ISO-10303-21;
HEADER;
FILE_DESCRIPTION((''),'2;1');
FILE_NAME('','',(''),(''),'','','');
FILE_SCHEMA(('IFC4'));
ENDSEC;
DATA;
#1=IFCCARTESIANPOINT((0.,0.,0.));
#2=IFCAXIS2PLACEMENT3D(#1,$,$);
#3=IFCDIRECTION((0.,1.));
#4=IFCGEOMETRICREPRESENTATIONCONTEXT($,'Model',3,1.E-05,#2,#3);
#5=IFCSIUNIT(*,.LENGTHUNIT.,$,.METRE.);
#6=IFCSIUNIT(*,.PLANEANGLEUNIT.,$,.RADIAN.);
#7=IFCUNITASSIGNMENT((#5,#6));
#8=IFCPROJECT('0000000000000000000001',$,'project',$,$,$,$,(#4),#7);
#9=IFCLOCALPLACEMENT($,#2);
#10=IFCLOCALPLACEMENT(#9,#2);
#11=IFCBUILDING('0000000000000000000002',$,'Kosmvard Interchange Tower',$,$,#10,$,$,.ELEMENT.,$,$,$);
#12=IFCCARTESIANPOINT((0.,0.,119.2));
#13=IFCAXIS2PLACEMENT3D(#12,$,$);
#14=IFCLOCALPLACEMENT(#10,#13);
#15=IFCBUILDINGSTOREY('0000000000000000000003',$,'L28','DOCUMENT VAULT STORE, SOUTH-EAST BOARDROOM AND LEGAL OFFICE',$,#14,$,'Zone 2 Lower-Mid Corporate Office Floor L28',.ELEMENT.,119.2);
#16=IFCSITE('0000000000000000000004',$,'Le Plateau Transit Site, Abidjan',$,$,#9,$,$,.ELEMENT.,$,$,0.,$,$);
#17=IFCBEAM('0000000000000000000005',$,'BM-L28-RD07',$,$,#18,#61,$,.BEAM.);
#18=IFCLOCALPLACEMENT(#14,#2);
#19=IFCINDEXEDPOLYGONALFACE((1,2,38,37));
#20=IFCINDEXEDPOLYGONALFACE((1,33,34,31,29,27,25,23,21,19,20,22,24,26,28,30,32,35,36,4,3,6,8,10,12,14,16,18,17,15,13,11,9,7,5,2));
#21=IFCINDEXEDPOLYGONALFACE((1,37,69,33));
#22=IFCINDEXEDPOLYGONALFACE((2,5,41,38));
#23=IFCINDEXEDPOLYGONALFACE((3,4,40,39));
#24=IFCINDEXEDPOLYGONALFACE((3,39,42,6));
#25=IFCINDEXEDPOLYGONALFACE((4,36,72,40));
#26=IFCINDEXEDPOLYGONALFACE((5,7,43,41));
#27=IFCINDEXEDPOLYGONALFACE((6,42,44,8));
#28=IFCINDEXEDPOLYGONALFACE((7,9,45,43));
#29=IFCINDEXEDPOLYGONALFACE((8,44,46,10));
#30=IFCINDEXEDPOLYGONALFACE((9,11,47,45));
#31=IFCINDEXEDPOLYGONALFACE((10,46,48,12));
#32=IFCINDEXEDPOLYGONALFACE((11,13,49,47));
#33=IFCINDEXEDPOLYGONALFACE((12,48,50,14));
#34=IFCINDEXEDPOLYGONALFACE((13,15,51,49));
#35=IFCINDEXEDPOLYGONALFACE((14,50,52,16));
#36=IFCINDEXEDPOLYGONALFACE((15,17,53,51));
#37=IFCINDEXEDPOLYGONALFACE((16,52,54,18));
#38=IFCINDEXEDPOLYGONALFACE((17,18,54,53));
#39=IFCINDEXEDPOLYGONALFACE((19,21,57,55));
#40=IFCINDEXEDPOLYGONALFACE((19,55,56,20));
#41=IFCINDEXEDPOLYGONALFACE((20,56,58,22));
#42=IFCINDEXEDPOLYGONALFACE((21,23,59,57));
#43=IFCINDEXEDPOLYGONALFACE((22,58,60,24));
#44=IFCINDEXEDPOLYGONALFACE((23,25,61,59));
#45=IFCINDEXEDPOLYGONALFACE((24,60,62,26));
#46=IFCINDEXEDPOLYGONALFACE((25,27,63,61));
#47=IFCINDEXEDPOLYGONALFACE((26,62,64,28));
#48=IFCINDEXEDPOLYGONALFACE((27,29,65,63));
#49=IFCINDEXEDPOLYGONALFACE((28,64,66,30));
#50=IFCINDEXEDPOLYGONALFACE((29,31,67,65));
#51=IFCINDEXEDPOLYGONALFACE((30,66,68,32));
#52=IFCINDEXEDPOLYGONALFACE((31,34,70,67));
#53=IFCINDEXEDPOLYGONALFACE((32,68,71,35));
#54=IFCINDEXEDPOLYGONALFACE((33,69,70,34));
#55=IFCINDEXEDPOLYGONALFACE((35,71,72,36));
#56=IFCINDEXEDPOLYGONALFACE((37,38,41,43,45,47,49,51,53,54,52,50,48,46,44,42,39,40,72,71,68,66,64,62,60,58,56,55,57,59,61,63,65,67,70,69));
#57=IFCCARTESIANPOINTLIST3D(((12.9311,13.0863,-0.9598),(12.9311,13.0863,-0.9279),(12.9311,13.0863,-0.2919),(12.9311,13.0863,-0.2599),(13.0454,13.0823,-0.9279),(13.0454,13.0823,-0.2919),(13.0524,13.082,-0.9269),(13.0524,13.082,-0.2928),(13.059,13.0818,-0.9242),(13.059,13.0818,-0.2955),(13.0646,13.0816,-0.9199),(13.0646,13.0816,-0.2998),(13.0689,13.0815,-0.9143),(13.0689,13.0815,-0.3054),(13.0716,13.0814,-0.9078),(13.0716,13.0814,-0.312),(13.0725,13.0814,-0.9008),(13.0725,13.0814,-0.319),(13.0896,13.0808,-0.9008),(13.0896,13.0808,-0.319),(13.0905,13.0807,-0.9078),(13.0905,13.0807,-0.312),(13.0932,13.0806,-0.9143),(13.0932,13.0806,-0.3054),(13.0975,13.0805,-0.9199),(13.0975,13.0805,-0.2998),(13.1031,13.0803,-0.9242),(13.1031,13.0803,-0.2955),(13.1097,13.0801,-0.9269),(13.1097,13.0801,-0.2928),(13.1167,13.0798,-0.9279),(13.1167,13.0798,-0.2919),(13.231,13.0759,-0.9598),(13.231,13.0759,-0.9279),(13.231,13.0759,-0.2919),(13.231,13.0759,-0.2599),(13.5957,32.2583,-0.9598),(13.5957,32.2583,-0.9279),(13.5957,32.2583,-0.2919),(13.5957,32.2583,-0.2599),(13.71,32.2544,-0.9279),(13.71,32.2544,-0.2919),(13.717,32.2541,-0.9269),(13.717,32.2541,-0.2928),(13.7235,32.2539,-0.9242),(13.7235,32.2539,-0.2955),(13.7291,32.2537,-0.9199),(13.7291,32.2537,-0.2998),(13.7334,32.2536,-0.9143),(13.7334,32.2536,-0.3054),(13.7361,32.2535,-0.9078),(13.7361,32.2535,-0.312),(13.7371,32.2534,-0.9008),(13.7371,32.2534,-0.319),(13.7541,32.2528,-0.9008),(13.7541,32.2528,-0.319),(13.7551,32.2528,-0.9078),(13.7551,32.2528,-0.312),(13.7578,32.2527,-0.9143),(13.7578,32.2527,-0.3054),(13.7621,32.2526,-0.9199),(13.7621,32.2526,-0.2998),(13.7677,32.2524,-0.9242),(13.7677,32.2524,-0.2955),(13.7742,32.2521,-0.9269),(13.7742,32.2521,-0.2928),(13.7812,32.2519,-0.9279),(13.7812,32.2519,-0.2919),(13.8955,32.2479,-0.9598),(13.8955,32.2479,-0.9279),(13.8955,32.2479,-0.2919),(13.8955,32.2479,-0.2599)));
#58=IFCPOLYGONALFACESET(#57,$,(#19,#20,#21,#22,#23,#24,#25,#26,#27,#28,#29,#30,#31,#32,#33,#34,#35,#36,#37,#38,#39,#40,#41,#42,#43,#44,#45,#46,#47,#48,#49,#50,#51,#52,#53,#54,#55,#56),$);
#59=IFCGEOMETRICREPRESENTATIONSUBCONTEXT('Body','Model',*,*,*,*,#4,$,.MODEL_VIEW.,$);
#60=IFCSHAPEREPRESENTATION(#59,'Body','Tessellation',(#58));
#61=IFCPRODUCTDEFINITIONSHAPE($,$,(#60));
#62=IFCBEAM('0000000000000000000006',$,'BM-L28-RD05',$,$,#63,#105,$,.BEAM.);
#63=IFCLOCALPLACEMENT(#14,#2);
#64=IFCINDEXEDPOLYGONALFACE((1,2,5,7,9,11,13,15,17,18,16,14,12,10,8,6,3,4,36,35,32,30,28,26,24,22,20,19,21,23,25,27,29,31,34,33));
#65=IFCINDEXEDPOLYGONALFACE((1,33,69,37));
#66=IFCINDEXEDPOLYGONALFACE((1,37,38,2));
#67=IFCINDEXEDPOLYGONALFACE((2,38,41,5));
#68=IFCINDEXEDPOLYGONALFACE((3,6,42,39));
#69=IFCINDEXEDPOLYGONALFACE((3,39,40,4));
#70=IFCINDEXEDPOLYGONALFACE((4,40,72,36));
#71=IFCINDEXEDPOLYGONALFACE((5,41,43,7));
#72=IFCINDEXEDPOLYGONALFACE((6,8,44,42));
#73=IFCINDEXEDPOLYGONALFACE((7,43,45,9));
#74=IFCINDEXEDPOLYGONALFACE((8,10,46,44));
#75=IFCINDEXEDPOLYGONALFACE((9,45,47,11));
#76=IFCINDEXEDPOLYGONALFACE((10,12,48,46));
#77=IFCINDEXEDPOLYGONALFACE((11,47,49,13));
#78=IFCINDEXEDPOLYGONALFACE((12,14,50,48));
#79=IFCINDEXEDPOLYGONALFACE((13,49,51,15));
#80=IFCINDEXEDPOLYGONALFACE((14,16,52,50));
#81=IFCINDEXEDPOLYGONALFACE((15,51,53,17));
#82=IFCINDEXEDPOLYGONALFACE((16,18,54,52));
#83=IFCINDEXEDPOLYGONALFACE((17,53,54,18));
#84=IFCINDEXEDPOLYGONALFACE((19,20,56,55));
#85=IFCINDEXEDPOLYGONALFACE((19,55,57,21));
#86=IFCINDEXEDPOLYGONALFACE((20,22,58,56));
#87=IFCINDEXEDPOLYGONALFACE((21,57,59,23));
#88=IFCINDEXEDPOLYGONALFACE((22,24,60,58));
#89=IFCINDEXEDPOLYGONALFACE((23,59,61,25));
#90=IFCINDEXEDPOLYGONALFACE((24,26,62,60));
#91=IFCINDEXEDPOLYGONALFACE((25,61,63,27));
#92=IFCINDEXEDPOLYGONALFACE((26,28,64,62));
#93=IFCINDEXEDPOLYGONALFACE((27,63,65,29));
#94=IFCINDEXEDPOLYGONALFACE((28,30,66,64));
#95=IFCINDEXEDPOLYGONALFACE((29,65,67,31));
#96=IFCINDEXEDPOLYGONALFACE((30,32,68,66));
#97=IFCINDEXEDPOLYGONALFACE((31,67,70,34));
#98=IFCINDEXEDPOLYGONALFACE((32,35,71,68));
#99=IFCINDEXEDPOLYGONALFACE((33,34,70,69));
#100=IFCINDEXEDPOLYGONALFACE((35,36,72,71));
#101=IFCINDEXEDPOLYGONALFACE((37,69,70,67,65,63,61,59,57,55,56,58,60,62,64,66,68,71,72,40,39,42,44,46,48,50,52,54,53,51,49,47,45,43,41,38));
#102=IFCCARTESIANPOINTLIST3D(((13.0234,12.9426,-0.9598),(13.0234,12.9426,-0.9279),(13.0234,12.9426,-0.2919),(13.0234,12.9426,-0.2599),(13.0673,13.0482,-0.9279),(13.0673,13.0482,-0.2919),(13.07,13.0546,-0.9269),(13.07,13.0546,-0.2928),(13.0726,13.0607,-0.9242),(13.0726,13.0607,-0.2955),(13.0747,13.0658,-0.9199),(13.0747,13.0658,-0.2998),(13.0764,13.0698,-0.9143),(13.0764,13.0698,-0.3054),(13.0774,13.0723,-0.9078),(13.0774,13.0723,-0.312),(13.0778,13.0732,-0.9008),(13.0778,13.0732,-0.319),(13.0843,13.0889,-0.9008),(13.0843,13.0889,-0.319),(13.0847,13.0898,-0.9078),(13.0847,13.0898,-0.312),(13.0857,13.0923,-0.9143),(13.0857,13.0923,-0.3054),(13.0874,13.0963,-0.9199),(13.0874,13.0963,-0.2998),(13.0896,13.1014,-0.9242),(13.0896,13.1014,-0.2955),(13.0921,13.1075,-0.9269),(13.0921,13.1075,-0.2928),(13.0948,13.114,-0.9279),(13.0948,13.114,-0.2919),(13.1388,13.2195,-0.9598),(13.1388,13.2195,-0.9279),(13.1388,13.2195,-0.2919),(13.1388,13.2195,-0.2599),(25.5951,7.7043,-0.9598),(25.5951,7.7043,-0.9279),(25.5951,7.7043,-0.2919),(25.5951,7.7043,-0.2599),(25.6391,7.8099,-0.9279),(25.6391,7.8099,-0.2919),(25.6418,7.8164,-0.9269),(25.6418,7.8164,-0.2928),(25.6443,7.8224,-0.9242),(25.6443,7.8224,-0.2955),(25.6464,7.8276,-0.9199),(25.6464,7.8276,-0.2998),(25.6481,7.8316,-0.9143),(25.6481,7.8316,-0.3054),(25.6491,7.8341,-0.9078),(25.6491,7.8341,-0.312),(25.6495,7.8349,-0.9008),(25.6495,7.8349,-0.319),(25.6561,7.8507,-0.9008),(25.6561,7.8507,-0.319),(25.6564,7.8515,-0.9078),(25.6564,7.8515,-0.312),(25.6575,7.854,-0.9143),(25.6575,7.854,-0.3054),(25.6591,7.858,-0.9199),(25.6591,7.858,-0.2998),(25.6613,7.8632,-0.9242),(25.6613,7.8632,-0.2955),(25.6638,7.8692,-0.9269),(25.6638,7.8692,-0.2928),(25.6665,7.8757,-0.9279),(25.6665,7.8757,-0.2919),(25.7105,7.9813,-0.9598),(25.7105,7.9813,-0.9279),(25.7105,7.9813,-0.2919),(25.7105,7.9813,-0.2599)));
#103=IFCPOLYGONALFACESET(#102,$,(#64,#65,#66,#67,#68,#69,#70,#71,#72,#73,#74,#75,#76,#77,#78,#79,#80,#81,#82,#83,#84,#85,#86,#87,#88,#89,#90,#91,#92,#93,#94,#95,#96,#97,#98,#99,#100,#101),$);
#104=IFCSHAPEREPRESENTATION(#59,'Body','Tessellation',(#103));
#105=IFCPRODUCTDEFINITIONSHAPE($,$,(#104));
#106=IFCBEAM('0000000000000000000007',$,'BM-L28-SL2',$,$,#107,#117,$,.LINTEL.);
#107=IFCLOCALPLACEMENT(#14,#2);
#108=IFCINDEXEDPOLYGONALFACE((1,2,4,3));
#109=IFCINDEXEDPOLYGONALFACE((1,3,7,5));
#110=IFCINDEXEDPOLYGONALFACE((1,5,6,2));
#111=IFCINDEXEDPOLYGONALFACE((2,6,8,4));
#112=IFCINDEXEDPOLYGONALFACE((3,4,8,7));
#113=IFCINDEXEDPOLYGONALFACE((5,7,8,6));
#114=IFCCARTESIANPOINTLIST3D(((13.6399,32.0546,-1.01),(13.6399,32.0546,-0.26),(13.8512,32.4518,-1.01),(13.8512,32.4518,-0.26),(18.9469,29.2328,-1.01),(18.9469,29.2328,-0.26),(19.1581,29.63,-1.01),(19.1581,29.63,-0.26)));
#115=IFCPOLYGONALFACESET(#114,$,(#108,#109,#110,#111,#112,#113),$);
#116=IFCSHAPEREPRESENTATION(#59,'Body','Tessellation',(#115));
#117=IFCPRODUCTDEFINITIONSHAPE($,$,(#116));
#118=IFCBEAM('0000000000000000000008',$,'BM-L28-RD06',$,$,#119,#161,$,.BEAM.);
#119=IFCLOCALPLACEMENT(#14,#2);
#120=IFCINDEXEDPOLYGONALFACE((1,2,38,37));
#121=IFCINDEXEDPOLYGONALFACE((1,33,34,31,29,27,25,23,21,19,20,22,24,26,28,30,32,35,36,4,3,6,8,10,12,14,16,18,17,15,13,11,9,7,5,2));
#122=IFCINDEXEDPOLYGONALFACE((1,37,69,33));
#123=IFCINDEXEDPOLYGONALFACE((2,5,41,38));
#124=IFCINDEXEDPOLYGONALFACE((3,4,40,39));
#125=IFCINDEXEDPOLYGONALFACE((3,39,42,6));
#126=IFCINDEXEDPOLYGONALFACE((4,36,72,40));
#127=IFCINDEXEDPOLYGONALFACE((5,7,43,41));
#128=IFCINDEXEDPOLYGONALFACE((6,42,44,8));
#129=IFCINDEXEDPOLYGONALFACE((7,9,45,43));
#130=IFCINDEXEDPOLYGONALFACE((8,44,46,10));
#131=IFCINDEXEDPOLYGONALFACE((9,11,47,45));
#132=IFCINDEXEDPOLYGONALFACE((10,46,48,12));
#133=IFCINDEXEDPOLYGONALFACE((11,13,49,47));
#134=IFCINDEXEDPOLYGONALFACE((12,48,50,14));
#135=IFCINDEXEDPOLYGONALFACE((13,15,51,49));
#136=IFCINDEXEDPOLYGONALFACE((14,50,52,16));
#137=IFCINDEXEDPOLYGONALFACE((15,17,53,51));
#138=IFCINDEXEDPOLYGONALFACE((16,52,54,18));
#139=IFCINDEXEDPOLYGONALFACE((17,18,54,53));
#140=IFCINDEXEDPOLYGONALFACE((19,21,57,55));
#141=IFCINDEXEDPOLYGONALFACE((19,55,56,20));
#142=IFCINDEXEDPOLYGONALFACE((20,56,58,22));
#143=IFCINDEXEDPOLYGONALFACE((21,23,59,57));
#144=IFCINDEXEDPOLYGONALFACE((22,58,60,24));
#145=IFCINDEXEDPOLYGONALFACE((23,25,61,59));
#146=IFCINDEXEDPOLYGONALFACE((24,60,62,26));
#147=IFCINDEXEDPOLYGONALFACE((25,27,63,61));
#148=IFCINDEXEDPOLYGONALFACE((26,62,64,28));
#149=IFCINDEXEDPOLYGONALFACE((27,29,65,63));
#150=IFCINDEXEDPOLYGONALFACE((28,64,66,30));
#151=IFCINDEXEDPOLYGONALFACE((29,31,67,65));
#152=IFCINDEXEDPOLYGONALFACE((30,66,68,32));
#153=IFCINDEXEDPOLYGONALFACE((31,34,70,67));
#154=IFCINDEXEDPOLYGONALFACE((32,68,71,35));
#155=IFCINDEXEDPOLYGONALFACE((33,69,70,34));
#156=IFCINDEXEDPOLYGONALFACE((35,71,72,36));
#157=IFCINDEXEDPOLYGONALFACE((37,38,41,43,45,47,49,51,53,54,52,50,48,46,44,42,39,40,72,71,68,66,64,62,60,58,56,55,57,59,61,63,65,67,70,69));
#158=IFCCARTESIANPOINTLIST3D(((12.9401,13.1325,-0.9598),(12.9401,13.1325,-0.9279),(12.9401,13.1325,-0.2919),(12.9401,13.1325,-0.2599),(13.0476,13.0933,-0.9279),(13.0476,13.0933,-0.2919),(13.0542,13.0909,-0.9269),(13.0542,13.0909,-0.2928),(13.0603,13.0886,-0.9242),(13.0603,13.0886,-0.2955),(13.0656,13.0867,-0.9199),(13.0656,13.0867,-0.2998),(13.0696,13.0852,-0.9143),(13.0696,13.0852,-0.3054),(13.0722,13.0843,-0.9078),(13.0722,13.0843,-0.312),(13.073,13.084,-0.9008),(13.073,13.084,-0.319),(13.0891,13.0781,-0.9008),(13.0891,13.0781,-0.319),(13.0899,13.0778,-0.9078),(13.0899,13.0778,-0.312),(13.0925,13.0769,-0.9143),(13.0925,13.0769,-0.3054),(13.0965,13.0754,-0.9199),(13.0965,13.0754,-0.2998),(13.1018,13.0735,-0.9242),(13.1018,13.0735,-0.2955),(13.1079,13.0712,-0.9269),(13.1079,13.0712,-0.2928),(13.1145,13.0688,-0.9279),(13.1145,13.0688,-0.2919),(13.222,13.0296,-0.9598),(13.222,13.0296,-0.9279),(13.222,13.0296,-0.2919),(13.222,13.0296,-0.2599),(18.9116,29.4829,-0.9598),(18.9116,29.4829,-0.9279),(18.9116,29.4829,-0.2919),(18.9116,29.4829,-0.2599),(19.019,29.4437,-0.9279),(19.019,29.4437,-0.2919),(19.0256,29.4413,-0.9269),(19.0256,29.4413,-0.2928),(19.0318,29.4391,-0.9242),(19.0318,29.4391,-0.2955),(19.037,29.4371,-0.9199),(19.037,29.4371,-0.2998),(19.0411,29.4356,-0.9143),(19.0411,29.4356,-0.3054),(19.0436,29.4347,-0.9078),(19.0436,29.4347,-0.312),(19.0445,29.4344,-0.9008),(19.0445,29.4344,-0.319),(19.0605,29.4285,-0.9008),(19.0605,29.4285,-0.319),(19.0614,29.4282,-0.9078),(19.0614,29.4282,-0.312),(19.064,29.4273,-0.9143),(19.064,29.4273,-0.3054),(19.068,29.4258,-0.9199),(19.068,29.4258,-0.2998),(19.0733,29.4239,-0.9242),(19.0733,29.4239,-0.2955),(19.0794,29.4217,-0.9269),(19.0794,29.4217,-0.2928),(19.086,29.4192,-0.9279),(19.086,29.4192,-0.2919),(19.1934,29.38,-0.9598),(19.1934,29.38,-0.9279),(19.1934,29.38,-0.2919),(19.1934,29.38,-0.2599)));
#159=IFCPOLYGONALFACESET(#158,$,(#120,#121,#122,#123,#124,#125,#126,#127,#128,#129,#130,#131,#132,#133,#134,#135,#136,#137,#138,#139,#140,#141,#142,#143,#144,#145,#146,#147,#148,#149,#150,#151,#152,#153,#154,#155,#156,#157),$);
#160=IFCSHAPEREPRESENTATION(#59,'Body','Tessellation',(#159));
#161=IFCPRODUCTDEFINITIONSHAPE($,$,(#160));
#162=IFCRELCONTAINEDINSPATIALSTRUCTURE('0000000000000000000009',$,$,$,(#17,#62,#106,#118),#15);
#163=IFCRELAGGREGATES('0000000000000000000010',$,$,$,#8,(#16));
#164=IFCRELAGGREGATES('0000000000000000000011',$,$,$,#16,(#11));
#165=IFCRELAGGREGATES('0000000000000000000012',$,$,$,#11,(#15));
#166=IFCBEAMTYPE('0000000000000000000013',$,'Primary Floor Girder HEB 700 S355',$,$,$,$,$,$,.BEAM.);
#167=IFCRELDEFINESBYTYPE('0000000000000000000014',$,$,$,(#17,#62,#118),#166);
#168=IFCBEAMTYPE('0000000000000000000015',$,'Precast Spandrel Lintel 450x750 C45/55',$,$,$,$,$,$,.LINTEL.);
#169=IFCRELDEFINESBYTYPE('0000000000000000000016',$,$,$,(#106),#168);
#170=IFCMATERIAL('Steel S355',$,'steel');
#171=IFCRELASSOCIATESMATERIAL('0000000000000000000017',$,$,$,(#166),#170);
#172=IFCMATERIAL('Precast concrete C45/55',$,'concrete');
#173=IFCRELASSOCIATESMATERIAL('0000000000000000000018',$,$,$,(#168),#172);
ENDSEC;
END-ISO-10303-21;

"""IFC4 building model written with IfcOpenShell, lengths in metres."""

from ifc_helpers import new_model, si_unit, direction, frame, origin, origin_2d, place, context, subcontext, project, spatial, rectangle, i_section, extrude, source, transform, mapped, material, material_profile, profile_set, type_object, element, save


model = new_model("IFC4")

# Units and contexts
model_context = context("Model", 3, precision=1e-05, world=origin(), true_north=direction((0.0, 1.0)))
body_context = subcontext(model_context, "Body", "Model", "MODEL_VIEW")
ifc_project = project(units=[si_unit("LENGTHUNIT", "METRE"), si_unit("PLANEANGLEUNIT", "RADIAN")], contexts=[model_context])

# Site, building, storey
site_placement = place(None, origin())
site = spatial("IfcSite", under=ifc_project, at=site_placement, Name="Le Plateau Transit Site, Abidjan", CompositionType="ELEMENT", RefElevation=0.0)
building_placement = place(site_placement, origin())
building = spatial("IfcBuilding", under=site, at=building_placement, Name="Kosmvard Interchange Tower", CompositionType="ELEMENT")
storey_placement = place(building_placement, frame((0.0, 0.0, 119.2)))
storey = spatial("IfcBuildingStorey", under=building, at=storey_placement, Name="L28", Description="DOCUMENT VAULT STORE, SOUTH-EAST BOARDROOM AND LEGAL OFFICE", LongName="Zone 2 Lower-Mid Corporate Office Floor L28", CompositionType="ELEMENT", Elevation=119.2)

# Beams
ifc_material_1 = material(Name="Steel S355", Category="steel")
ifc_material_profile_1 = material_profile(ifc_material_1, i_section(OverallWidth=0.3, OverallDepth=0.7, WebThickness=0.0171, FlangeThickness=0.032, FilletRadius=0.0271, at=origin_2d()), Name="HEB 700")
ifc_profile_set_1 = profile_set([ifc_material_profile_1], Name="Steel S355")
beam_type_1 = type_object("IfcBeamType", Name="Primary Floor Girder HEB 700 S355", PredefinedType="BEAM", material=ifc_profile_set_1)
shared_shape_1 = source(origin(), body_context, "Body", "SweptSolid", [
    extrude(i_section(OverallWidth=0.3, OverallDepth=0.7, WebThickness=0.0171, FlangeThickness=0.032, FilletRadius=0.0271, at=origin_2d()), origin(), (0.0, 0.0, 1.0), 19.1836),
])
beam_1_placement = place(storey_placement, frame((13.0811, 13.0811, -0.6099), z_axis=(0.034642, 0.9994, 0.0), x_axis=(-0.9994, 0.034642, 0.0)))
element("IfcBeam", 1, at=beam_1_placement, inside=storey, type_object=beam_type_1, Name="BM-L28-RD07", PredefinedType="BEAM", context=body_context, shape_type="MappedRepresentation", body=[
    mapped(shared_shape_1, transform((0.0, 0.0, 0.0), scale=1.0)),
])
shared_shape_2 = source(origin(), body_context, "Body", "SweptSolid", [
    extrude(i_section(OverallWidth=0.3, OverallDepth=0.7, WebThickness=0.0171, FlangeThickness=0.032, FilletRadius=0.0271, at=origin_2d()), origin(), (0.0, 0.0, 1.0), 13.6194),
])
beam_2_placement = place(storey_placement, frame((13.0811, 13.0811, -0.6099), z_axis=(0.923076, -0.384618, 0.0), x_axis=(0.384618, 0.923076, 0.0)))
element("IfcBeam", 2, at=beam_2_placement, inside=storey, type_object=beam_type_1, Name="BM-L28-RD05", PredefinedType="BEAM", context=body_context, shape_type="MappedRepresentation", body=[
    mapped(shared_shape_2, transform((0.0, 0.0, 0.0), scale=1.0)),
])
ifc_material_2 = material(Name="Precast concrete C45/55", Category="concrete")
ifc_material_profile_2 = material_profile(ifc_material_2, rectangle(XDim=0.45, YDim=0.75, at=origin_2d()), Name="SL 450x750")
ifc_profile_set_2 = profile_set([ifc_material_profile_2], Name="Precast concrete C45/55")
beam_type_2 = type_object("IfcBeamType", Name="Precast Spandrel Lintel 450x750 C45/55", PredefinedType="LINTEL", material=ifc_profile_set_2)
shared_shape_3 = source(origin(), body_context, "Body", "SweptSolid", [
    extrude(rectangle(XDim=0.45, YDim=0.75, at=origin_2d()), origin(), (0.0, 0.0, 1.0), 6.0105),
])
beam_3_placement = place(storey_placement, frame((19.0525, 29.4314, -0.635), z_axis=(-0.882944, 0.469479, 0.0), x_axis=(-0.469479, -0.882944, 0.0)))
element("IfcBeam", 3, at=beam_3_placement, inside=storey, type_object=beam_type_2, Name="BM-L28-SL2", PredefinedType="LINTEL", context=body_context, shape_type="MappedRepresentation", body=[
    mapped(shared_shape_3, transform((0.0, 0.0, 0.0), scale=1.0)),
])
shared_shape_4 = source(origin(), body_context, "Body", "SweptSolid", [
    extrude(i_section(OverallWidth=0.3, OverallDepth=0.7, WebThickness=0.0171, FlangeThickness=0.032, FilletRadius=0.0271, at=origin_2d()), origin(), (0.0, 0.0, 1.0), 17.4067),
])
beam_4_placement = place(storey_placement, frame((13.0811, 13.0811, -0.6099), z_axis=(0.343055, 0.939315, 0.0), x_axis=(-0.939315, 0.343055, 0.0)))
element("IfcBeam", 4, at=beam_4_placement, inside=storey, type_object=beam_type_1, Name="BM-L28-RD06", PredefinedType="BEAM", context=body_context, shape_type="MappedRepresentation", body=[
    mapped(shared_shape_4, transform((0.0, 0.0, 0.0), scale=1.0)),
])

save(model, "model.ifc")
